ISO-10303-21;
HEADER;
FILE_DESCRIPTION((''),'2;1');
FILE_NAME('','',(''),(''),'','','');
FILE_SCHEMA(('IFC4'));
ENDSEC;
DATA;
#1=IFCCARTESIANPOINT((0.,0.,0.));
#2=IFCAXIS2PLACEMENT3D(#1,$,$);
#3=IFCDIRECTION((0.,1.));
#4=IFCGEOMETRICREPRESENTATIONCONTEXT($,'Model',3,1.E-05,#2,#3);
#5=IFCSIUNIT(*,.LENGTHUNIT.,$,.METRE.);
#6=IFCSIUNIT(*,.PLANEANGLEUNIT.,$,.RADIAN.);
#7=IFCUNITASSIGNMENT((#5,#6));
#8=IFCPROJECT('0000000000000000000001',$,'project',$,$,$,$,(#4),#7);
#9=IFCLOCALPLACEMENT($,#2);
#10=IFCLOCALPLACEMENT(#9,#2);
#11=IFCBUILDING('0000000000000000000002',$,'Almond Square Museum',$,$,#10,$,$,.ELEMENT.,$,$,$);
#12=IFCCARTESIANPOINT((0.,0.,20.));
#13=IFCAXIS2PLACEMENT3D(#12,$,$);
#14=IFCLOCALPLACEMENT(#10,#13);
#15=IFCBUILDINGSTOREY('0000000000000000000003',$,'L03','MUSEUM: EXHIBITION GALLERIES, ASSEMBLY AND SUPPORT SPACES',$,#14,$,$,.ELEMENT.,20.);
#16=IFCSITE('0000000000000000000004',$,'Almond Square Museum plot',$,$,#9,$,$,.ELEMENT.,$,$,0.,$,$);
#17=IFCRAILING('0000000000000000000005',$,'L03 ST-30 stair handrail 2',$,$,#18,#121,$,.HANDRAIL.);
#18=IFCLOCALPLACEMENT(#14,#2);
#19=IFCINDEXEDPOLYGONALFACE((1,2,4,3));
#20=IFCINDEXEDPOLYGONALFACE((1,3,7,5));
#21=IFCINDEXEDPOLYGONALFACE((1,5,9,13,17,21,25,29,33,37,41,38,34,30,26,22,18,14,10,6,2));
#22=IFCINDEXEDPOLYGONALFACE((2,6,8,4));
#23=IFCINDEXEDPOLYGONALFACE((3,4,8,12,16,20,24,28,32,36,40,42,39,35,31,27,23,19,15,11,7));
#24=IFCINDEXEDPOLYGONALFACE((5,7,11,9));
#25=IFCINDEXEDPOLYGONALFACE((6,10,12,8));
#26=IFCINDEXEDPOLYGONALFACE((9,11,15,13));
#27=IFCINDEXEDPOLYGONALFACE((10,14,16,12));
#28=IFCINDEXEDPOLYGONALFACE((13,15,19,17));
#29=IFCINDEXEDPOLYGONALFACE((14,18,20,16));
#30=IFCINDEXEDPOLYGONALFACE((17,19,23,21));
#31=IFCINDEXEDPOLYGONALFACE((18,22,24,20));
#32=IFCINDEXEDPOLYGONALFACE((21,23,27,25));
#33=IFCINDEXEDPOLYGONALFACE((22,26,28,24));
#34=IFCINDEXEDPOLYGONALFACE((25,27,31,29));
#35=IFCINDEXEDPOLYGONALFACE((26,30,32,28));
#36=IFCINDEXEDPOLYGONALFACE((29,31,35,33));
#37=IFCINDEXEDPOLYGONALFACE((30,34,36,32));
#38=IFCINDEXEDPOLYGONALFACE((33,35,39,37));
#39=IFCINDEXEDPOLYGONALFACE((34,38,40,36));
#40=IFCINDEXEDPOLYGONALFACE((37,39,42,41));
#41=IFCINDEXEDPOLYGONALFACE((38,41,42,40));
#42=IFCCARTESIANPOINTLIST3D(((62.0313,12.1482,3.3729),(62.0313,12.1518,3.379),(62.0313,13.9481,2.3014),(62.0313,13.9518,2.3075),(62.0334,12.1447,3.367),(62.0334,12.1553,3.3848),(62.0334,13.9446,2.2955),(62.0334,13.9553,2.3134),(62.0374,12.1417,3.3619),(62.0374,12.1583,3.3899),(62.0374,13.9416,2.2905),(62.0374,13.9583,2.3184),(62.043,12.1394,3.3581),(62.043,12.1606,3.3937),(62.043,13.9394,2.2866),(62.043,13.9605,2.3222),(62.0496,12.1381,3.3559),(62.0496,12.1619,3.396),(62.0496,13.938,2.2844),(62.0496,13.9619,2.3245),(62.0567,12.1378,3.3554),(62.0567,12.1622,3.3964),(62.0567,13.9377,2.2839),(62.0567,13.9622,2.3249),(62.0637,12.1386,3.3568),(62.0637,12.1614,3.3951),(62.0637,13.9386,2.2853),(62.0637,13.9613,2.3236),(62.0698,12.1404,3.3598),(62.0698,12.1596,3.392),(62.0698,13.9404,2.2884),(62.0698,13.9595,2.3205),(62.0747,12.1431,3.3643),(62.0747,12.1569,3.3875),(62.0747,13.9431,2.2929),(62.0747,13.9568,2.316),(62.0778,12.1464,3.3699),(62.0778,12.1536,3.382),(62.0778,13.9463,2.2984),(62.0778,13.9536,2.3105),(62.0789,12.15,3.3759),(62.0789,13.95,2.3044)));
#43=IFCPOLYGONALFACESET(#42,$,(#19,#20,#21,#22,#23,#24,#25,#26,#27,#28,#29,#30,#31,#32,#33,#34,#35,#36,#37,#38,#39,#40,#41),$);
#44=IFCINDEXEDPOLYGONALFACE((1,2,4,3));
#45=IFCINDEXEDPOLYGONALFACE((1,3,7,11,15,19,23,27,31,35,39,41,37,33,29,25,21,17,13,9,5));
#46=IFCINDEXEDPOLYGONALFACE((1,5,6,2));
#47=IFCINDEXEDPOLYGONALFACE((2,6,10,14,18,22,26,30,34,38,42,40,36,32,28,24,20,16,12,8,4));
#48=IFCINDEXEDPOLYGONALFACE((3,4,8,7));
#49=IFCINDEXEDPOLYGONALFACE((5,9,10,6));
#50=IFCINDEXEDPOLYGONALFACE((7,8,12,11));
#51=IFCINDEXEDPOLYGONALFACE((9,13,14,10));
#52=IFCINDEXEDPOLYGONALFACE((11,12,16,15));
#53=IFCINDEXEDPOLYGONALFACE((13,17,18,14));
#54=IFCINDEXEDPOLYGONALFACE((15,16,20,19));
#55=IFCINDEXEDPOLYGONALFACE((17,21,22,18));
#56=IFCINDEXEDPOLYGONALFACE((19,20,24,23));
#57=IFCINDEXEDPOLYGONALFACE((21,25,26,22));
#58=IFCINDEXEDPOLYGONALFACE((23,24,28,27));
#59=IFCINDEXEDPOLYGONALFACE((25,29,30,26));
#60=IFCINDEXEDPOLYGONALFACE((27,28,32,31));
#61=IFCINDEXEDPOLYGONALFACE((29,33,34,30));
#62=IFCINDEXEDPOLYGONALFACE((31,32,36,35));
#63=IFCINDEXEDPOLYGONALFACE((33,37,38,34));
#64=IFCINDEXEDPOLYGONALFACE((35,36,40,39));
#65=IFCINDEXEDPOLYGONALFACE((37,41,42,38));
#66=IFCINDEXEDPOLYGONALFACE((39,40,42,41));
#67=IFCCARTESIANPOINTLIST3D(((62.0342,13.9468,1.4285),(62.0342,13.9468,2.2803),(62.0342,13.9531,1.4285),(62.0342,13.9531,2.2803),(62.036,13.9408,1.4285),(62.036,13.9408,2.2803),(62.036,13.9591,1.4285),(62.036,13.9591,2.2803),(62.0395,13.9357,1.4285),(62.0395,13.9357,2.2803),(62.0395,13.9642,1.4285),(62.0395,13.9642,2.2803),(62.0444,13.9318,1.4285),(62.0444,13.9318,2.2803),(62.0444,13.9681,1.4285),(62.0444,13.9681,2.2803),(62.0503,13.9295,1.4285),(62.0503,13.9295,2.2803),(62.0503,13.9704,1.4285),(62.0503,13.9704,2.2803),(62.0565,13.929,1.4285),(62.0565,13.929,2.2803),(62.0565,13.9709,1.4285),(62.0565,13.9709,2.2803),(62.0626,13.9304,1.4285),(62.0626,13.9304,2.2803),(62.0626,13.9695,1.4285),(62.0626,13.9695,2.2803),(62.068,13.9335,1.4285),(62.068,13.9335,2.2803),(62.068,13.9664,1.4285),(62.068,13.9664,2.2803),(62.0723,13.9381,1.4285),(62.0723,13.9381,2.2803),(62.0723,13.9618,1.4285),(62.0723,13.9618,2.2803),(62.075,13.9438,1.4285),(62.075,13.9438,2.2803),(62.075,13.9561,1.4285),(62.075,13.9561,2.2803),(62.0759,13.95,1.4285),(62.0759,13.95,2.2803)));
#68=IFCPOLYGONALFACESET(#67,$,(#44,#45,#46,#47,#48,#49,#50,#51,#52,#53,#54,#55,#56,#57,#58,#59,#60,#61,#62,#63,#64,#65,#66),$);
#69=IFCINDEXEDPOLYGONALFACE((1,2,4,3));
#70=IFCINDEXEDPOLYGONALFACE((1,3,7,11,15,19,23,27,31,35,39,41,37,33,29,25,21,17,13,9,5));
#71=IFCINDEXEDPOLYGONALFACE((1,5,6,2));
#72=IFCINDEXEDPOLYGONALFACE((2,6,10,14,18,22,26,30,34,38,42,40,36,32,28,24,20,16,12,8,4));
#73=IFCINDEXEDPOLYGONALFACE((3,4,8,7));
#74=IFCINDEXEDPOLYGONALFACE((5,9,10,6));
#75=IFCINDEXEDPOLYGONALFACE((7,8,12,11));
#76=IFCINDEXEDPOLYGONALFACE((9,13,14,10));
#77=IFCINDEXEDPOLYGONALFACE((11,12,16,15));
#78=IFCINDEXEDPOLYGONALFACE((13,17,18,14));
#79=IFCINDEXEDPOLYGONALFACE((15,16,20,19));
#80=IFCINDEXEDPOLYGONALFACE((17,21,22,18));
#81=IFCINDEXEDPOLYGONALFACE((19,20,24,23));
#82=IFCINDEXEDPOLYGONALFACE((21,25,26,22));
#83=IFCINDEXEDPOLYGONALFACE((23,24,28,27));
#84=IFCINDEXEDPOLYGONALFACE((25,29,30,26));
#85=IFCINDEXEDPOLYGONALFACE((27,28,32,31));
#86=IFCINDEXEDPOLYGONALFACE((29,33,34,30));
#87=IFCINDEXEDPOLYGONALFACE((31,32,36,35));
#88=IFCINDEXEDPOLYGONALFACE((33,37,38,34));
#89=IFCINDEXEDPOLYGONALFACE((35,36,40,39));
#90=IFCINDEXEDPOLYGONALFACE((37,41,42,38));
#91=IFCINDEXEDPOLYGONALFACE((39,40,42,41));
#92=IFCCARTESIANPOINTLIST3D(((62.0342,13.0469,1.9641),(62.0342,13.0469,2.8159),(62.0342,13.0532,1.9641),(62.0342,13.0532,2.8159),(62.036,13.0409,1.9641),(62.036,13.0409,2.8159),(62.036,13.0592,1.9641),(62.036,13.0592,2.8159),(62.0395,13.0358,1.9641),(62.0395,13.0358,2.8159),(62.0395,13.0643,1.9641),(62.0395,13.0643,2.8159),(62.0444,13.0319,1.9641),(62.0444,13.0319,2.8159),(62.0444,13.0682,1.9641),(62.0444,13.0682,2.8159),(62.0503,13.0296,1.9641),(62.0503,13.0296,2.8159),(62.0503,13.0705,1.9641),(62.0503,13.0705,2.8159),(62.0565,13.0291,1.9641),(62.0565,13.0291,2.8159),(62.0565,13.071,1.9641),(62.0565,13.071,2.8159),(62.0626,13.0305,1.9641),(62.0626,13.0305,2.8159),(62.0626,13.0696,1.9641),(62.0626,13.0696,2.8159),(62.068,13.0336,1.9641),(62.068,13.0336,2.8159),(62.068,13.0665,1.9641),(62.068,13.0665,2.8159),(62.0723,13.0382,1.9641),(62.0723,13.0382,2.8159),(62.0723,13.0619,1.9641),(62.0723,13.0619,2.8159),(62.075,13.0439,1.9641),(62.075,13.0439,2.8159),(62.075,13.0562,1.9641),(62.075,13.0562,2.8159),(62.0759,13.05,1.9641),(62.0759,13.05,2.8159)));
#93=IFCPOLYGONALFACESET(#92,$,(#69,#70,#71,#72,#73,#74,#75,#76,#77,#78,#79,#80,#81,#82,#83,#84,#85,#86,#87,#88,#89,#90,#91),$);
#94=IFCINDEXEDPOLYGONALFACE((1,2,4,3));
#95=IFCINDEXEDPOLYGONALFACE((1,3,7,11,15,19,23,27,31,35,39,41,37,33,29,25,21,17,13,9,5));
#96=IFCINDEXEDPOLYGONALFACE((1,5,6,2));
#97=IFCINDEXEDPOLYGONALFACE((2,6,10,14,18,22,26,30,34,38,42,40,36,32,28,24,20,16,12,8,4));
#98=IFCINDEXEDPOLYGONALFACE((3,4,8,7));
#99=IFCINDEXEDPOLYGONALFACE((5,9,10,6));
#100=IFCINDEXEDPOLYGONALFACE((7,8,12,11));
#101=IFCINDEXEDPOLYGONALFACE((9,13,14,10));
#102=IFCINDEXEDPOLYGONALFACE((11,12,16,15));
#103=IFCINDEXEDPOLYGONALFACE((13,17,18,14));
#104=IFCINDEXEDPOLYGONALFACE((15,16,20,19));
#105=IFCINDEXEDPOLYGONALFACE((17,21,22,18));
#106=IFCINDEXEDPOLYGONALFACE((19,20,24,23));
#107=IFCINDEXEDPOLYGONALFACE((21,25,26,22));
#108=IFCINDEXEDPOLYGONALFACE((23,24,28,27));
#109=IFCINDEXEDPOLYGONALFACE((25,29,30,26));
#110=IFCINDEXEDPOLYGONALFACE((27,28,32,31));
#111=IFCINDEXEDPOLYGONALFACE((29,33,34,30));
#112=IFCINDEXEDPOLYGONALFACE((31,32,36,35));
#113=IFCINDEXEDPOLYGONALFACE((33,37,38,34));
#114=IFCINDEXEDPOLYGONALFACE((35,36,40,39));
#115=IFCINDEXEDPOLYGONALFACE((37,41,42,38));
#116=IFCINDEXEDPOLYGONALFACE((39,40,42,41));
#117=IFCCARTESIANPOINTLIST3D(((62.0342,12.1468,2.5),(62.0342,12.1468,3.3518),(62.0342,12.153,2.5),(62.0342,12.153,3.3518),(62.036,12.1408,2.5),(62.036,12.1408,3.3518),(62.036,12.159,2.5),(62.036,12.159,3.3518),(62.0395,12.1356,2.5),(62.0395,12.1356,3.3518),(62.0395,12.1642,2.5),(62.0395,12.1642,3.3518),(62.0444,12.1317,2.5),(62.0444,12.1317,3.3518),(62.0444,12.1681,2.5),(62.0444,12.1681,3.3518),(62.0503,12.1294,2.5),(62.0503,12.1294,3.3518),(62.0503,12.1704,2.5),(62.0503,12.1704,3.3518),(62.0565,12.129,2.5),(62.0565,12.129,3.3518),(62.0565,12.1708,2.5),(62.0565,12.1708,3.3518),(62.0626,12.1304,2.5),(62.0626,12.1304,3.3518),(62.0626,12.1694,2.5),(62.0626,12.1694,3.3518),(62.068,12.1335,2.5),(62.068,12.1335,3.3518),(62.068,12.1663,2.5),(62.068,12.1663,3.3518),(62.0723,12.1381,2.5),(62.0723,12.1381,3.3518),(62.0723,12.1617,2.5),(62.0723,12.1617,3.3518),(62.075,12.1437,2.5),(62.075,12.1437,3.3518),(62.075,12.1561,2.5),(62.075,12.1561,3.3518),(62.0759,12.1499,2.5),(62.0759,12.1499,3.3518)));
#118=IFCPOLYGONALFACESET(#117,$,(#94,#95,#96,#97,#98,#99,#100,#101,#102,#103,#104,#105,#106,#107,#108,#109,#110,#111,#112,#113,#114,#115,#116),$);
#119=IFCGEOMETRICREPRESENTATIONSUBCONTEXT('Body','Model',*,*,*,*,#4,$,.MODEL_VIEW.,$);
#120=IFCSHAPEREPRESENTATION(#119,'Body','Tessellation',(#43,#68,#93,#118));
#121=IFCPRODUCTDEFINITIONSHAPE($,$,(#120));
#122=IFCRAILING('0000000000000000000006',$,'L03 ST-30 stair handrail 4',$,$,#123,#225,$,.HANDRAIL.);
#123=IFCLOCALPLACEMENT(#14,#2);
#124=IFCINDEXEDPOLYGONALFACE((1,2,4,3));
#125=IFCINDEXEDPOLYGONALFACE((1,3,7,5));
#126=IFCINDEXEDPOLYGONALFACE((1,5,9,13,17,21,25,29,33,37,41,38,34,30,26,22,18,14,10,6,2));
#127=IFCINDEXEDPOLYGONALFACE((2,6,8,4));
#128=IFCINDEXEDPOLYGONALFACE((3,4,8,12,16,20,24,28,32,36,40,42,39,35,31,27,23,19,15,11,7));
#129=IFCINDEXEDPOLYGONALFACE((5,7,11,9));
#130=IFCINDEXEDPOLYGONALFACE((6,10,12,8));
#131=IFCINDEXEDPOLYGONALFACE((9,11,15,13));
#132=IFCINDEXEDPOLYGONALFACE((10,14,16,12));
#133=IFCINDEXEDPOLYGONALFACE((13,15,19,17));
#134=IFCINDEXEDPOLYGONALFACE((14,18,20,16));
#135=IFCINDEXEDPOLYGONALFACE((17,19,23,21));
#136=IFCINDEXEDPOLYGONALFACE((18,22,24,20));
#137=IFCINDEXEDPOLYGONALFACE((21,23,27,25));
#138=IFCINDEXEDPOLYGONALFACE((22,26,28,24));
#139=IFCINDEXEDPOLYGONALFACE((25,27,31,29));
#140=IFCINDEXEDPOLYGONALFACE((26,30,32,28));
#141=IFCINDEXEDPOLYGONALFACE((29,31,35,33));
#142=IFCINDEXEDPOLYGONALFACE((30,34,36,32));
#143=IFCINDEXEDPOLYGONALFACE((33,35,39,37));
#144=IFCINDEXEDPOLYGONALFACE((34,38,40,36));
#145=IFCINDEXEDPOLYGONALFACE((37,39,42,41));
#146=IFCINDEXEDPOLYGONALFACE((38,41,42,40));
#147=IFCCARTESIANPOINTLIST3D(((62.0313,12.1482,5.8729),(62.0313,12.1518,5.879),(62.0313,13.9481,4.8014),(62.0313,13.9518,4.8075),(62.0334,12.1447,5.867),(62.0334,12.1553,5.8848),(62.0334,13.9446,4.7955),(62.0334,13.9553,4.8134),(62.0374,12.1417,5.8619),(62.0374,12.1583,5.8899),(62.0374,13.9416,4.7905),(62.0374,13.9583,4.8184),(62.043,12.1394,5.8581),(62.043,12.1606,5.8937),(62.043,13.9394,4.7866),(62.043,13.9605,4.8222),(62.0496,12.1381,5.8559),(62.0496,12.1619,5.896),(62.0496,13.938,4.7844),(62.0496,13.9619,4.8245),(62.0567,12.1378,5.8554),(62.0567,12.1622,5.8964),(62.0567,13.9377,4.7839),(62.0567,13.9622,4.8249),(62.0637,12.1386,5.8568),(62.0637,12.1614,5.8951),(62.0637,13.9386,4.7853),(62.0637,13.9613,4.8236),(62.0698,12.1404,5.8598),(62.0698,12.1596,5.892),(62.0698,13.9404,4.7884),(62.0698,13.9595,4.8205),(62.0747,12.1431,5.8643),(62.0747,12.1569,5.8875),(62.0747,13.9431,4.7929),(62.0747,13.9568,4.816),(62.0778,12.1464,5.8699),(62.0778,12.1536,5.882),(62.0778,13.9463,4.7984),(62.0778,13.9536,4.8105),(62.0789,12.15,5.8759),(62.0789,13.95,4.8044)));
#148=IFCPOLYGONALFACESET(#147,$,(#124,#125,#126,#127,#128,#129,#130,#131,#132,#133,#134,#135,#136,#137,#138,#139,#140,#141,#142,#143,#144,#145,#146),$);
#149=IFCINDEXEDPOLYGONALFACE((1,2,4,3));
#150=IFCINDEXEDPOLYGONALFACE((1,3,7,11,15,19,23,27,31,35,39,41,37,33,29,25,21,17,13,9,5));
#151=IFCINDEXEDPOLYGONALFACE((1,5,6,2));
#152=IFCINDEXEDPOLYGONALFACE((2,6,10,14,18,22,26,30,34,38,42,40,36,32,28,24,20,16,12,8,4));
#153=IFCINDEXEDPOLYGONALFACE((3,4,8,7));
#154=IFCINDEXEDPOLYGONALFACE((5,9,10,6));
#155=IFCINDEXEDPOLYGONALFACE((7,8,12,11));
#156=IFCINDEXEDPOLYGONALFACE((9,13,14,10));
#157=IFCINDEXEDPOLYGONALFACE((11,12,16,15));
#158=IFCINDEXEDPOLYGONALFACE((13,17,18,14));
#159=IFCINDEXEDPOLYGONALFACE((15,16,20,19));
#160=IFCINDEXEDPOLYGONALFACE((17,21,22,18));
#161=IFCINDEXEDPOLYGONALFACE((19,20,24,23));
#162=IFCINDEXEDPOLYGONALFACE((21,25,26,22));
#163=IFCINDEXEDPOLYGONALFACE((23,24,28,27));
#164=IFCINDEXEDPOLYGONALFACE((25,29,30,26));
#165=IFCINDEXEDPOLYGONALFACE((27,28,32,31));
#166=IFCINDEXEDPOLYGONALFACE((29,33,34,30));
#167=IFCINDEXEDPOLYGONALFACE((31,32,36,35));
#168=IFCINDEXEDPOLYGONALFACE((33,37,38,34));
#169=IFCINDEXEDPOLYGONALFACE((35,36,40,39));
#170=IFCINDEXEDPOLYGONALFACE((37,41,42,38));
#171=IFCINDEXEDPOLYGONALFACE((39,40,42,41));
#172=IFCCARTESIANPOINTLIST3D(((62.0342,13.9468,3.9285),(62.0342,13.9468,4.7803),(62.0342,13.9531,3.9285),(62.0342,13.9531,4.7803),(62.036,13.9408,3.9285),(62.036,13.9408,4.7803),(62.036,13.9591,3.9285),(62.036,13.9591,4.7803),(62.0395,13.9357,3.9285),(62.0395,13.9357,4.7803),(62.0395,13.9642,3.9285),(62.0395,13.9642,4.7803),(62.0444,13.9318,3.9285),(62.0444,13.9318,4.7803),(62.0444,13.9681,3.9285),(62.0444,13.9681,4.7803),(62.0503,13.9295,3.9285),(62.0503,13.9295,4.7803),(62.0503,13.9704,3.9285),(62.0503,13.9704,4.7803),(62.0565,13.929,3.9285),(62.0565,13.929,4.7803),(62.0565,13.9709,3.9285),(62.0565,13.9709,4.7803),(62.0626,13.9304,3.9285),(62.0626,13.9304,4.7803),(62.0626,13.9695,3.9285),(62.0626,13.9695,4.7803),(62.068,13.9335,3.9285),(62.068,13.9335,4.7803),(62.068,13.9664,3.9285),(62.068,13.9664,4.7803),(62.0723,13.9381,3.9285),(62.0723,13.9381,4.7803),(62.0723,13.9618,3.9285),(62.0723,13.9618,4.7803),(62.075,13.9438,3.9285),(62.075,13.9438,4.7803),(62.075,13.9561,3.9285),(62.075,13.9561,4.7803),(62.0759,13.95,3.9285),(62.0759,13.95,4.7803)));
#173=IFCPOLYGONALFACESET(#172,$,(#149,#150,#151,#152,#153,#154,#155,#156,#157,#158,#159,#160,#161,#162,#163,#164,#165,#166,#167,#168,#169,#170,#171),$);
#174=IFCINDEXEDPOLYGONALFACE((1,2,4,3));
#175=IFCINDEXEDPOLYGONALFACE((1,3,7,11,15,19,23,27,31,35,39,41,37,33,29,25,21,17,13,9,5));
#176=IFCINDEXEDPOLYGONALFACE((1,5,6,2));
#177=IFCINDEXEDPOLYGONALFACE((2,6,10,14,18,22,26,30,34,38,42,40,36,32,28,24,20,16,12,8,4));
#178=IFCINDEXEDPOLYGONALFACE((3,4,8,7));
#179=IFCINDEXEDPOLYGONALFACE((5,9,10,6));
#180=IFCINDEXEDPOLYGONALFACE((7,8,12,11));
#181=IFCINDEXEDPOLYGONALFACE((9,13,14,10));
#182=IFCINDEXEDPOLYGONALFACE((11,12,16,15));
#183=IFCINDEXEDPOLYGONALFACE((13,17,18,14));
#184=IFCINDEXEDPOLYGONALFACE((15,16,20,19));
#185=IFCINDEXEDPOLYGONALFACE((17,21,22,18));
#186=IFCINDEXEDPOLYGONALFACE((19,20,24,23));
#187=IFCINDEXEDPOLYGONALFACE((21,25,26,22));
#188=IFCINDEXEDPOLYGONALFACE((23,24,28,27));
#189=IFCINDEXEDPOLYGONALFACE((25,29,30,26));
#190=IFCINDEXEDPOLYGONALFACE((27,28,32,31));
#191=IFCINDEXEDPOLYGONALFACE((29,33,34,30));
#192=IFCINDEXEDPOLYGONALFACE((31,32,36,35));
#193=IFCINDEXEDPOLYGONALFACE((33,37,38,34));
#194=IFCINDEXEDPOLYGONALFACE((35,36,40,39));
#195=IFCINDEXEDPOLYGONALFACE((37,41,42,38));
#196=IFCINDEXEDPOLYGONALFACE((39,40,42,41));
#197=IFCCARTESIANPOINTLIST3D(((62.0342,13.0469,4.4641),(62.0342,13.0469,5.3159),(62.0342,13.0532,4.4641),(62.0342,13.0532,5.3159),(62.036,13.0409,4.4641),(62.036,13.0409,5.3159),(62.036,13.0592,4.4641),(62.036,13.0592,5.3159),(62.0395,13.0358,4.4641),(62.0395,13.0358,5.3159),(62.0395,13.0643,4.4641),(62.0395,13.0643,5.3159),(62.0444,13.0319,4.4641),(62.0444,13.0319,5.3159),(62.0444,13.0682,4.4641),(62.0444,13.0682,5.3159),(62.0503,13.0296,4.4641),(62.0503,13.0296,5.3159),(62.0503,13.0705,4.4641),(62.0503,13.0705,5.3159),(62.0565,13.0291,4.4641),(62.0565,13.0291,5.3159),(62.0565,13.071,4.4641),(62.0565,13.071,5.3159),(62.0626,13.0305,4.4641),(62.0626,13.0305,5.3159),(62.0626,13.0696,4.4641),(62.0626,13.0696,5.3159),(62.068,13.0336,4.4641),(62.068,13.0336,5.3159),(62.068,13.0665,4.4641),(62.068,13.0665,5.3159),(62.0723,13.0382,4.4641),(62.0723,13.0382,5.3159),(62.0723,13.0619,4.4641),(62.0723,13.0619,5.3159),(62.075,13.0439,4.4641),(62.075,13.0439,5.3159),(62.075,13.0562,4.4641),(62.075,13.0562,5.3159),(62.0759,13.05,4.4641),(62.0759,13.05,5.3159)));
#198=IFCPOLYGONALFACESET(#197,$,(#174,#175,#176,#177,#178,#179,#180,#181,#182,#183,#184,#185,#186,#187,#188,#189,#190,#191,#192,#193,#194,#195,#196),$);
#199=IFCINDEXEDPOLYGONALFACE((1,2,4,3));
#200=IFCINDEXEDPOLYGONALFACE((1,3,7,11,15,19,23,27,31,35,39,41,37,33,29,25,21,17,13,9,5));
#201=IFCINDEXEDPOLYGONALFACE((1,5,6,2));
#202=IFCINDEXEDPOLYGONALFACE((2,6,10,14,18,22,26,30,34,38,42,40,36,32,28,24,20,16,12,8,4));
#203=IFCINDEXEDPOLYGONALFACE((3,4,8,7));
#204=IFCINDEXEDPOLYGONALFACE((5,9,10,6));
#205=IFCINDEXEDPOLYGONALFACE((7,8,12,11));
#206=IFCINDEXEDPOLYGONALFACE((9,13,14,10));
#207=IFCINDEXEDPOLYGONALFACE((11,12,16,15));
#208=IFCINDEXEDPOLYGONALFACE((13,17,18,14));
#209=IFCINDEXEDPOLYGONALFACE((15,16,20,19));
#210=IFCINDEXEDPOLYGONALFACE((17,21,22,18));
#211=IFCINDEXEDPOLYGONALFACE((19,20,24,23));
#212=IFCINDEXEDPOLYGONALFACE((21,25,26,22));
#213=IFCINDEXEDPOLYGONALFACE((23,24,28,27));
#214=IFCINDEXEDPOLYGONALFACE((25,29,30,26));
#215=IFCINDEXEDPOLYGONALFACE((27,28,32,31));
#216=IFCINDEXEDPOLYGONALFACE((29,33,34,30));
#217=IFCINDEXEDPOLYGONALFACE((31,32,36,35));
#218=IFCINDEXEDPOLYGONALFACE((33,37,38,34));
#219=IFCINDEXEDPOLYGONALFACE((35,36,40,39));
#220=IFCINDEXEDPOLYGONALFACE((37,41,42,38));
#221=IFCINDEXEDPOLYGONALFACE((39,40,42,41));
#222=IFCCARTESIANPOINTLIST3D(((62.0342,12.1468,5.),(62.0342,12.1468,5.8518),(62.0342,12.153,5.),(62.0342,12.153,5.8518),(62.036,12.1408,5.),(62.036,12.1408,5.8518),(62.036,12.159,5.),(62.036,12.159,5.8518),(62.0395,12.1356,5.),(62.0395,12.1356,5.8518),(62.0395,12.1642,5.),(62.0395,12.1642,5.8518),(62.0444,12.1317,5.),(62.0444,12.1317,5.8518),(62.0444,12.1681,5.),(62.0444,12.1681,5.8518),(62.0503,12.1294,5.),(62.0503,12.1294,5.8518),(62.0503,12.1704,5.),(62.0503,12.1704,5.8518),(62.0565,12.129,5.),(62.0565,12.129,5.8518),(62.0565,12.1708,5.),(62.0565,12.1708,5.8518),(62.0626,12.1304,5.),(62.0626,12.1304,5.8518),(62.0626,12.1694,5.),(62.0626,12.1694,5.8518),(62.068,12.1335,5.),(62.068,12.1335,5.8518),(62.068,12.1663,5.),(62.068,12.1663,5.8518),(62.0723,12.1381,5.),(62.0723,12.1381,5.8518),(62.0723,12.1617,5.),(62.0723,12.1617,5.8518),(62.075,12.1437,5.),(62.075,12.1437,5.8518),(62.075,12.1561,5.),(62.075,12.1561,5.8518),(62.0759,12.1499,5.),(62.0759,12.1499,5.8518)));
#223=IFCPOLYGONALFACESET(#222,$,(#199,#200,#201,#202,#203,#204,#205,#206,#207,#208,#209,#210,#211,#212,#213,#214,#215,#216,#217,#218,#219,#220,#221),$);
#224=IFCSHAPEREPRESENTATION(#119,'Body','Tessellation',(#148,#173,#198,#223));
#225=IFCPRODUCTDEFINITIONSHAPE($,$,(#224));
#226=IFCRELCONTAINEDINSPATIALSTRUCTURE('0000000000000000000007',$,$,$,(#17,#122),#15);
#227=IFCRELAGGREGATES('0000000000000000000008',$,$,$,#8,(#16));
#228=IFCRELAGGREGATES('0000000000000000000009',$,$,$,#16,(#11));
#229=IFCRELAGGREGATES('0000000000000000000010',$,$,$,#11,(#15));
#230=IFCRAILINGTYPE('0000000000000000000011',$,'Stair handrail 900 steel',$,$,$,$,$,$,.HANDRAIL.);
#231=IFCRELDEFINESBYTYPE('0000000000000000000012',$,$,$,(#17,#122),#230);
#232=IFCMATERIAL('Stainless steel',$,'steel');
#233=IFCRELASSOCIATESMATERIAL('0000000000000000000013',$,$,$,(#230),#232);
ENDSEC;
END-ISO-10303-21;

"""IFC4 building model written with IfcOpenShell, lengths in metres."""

from ifc_helpers import new_model, si_unit, direction, frame, origin, origin_2d, place, context, subcontext, project, spatial, circle, extrude, material, type_object, element, save


model = new_model("IFC4")

# Units and contexts
model_context = context("Model", 3, precision=1e-05, world=origin(), true_north=direction((0.0, 1.0)))
body_context = subcontext(model_context, "Body", "Model", "MODEL_VIEW")
ifc_project = project(units=[si_unit("LENGTHUNIT", "METRE"), si_unit("PLANEANGLEUNIT", "RADIAN")], contexts=[model_context])

# Site, building, storey
site_placement = place(None, origin())
site = spatial("IfcSite", under=ifc_project, at=site_placement, Name="Almond Square Museum plot", CompositionType="ELEMENT", RefElevation=0.0)
building_placement = place(site_placement, origin())
building = spatial("IfcBuilding", under=site, at=building_placement, Name="Almond Square Museum", CompositionType="ELEMENT")
storey_placement = place(building_placement, frame((0.0, 0.0, 20.0)))
storey = spatial("IfcBuildingStorey", under=building, at=storey_placement, Name="L03", Description="MUSEUM: EXHIBITION GALLERIES, ASSEMBLY AND SUPPORT SPACES", CompositionType="ELEMENT", Elevation=20.0)

# Railings
ifc_material_1 = material(Name="Stainless steel", Category="steel")
railing_type_1 = type_object("IfcRailingType", Name="Stair handrail 900 steel", PredefinedType="HANDRAIL", material=ifc_material_1)
for number, where, name in (
    (1, (62.0549, 13.95, 1.4285), "L03 ST-30 stair handrail 2"),
    (2, (62.0549, 13.95, 3.9285), "L03 ST-30 stair handrail 4"),
):
    element("IfcRailing", number, at=place(storey_placement, frame(where)), inside=storey, type_object=railing_type_1, Name=name, PredefinedType="HANDRAIL", context=body_context, shape_type="SweptSolid", body=[
        extrude(circle(Radius=0.0239, at=origin_2d()), frame((0.0, 0.0, 0.876), z_axis=(0.0, -0.859277, 0.51151), x_axis=(1.0, 0.0, 0.0)), (0.0, 0.0, 1.0), 2.0947),
        extrude(circle(Radius=0.021, at=origin_2d()), origin(), (0.0, 0.0, 1.0), 0.8518),
        extrude(circle(Radius=0.021, at=origin_2d()), frame((0.0, -0.8999, 0.5356)), (0.0, 0.0, 1.0), 0.8518),
        extrude(circle(Radius=0.021, at=origin_2d()), frame((0.0, -1.8, 1.0715)), (0.0, 0.0, 1.0), 0.8518),
    ])

save(model, "model.ifc")
